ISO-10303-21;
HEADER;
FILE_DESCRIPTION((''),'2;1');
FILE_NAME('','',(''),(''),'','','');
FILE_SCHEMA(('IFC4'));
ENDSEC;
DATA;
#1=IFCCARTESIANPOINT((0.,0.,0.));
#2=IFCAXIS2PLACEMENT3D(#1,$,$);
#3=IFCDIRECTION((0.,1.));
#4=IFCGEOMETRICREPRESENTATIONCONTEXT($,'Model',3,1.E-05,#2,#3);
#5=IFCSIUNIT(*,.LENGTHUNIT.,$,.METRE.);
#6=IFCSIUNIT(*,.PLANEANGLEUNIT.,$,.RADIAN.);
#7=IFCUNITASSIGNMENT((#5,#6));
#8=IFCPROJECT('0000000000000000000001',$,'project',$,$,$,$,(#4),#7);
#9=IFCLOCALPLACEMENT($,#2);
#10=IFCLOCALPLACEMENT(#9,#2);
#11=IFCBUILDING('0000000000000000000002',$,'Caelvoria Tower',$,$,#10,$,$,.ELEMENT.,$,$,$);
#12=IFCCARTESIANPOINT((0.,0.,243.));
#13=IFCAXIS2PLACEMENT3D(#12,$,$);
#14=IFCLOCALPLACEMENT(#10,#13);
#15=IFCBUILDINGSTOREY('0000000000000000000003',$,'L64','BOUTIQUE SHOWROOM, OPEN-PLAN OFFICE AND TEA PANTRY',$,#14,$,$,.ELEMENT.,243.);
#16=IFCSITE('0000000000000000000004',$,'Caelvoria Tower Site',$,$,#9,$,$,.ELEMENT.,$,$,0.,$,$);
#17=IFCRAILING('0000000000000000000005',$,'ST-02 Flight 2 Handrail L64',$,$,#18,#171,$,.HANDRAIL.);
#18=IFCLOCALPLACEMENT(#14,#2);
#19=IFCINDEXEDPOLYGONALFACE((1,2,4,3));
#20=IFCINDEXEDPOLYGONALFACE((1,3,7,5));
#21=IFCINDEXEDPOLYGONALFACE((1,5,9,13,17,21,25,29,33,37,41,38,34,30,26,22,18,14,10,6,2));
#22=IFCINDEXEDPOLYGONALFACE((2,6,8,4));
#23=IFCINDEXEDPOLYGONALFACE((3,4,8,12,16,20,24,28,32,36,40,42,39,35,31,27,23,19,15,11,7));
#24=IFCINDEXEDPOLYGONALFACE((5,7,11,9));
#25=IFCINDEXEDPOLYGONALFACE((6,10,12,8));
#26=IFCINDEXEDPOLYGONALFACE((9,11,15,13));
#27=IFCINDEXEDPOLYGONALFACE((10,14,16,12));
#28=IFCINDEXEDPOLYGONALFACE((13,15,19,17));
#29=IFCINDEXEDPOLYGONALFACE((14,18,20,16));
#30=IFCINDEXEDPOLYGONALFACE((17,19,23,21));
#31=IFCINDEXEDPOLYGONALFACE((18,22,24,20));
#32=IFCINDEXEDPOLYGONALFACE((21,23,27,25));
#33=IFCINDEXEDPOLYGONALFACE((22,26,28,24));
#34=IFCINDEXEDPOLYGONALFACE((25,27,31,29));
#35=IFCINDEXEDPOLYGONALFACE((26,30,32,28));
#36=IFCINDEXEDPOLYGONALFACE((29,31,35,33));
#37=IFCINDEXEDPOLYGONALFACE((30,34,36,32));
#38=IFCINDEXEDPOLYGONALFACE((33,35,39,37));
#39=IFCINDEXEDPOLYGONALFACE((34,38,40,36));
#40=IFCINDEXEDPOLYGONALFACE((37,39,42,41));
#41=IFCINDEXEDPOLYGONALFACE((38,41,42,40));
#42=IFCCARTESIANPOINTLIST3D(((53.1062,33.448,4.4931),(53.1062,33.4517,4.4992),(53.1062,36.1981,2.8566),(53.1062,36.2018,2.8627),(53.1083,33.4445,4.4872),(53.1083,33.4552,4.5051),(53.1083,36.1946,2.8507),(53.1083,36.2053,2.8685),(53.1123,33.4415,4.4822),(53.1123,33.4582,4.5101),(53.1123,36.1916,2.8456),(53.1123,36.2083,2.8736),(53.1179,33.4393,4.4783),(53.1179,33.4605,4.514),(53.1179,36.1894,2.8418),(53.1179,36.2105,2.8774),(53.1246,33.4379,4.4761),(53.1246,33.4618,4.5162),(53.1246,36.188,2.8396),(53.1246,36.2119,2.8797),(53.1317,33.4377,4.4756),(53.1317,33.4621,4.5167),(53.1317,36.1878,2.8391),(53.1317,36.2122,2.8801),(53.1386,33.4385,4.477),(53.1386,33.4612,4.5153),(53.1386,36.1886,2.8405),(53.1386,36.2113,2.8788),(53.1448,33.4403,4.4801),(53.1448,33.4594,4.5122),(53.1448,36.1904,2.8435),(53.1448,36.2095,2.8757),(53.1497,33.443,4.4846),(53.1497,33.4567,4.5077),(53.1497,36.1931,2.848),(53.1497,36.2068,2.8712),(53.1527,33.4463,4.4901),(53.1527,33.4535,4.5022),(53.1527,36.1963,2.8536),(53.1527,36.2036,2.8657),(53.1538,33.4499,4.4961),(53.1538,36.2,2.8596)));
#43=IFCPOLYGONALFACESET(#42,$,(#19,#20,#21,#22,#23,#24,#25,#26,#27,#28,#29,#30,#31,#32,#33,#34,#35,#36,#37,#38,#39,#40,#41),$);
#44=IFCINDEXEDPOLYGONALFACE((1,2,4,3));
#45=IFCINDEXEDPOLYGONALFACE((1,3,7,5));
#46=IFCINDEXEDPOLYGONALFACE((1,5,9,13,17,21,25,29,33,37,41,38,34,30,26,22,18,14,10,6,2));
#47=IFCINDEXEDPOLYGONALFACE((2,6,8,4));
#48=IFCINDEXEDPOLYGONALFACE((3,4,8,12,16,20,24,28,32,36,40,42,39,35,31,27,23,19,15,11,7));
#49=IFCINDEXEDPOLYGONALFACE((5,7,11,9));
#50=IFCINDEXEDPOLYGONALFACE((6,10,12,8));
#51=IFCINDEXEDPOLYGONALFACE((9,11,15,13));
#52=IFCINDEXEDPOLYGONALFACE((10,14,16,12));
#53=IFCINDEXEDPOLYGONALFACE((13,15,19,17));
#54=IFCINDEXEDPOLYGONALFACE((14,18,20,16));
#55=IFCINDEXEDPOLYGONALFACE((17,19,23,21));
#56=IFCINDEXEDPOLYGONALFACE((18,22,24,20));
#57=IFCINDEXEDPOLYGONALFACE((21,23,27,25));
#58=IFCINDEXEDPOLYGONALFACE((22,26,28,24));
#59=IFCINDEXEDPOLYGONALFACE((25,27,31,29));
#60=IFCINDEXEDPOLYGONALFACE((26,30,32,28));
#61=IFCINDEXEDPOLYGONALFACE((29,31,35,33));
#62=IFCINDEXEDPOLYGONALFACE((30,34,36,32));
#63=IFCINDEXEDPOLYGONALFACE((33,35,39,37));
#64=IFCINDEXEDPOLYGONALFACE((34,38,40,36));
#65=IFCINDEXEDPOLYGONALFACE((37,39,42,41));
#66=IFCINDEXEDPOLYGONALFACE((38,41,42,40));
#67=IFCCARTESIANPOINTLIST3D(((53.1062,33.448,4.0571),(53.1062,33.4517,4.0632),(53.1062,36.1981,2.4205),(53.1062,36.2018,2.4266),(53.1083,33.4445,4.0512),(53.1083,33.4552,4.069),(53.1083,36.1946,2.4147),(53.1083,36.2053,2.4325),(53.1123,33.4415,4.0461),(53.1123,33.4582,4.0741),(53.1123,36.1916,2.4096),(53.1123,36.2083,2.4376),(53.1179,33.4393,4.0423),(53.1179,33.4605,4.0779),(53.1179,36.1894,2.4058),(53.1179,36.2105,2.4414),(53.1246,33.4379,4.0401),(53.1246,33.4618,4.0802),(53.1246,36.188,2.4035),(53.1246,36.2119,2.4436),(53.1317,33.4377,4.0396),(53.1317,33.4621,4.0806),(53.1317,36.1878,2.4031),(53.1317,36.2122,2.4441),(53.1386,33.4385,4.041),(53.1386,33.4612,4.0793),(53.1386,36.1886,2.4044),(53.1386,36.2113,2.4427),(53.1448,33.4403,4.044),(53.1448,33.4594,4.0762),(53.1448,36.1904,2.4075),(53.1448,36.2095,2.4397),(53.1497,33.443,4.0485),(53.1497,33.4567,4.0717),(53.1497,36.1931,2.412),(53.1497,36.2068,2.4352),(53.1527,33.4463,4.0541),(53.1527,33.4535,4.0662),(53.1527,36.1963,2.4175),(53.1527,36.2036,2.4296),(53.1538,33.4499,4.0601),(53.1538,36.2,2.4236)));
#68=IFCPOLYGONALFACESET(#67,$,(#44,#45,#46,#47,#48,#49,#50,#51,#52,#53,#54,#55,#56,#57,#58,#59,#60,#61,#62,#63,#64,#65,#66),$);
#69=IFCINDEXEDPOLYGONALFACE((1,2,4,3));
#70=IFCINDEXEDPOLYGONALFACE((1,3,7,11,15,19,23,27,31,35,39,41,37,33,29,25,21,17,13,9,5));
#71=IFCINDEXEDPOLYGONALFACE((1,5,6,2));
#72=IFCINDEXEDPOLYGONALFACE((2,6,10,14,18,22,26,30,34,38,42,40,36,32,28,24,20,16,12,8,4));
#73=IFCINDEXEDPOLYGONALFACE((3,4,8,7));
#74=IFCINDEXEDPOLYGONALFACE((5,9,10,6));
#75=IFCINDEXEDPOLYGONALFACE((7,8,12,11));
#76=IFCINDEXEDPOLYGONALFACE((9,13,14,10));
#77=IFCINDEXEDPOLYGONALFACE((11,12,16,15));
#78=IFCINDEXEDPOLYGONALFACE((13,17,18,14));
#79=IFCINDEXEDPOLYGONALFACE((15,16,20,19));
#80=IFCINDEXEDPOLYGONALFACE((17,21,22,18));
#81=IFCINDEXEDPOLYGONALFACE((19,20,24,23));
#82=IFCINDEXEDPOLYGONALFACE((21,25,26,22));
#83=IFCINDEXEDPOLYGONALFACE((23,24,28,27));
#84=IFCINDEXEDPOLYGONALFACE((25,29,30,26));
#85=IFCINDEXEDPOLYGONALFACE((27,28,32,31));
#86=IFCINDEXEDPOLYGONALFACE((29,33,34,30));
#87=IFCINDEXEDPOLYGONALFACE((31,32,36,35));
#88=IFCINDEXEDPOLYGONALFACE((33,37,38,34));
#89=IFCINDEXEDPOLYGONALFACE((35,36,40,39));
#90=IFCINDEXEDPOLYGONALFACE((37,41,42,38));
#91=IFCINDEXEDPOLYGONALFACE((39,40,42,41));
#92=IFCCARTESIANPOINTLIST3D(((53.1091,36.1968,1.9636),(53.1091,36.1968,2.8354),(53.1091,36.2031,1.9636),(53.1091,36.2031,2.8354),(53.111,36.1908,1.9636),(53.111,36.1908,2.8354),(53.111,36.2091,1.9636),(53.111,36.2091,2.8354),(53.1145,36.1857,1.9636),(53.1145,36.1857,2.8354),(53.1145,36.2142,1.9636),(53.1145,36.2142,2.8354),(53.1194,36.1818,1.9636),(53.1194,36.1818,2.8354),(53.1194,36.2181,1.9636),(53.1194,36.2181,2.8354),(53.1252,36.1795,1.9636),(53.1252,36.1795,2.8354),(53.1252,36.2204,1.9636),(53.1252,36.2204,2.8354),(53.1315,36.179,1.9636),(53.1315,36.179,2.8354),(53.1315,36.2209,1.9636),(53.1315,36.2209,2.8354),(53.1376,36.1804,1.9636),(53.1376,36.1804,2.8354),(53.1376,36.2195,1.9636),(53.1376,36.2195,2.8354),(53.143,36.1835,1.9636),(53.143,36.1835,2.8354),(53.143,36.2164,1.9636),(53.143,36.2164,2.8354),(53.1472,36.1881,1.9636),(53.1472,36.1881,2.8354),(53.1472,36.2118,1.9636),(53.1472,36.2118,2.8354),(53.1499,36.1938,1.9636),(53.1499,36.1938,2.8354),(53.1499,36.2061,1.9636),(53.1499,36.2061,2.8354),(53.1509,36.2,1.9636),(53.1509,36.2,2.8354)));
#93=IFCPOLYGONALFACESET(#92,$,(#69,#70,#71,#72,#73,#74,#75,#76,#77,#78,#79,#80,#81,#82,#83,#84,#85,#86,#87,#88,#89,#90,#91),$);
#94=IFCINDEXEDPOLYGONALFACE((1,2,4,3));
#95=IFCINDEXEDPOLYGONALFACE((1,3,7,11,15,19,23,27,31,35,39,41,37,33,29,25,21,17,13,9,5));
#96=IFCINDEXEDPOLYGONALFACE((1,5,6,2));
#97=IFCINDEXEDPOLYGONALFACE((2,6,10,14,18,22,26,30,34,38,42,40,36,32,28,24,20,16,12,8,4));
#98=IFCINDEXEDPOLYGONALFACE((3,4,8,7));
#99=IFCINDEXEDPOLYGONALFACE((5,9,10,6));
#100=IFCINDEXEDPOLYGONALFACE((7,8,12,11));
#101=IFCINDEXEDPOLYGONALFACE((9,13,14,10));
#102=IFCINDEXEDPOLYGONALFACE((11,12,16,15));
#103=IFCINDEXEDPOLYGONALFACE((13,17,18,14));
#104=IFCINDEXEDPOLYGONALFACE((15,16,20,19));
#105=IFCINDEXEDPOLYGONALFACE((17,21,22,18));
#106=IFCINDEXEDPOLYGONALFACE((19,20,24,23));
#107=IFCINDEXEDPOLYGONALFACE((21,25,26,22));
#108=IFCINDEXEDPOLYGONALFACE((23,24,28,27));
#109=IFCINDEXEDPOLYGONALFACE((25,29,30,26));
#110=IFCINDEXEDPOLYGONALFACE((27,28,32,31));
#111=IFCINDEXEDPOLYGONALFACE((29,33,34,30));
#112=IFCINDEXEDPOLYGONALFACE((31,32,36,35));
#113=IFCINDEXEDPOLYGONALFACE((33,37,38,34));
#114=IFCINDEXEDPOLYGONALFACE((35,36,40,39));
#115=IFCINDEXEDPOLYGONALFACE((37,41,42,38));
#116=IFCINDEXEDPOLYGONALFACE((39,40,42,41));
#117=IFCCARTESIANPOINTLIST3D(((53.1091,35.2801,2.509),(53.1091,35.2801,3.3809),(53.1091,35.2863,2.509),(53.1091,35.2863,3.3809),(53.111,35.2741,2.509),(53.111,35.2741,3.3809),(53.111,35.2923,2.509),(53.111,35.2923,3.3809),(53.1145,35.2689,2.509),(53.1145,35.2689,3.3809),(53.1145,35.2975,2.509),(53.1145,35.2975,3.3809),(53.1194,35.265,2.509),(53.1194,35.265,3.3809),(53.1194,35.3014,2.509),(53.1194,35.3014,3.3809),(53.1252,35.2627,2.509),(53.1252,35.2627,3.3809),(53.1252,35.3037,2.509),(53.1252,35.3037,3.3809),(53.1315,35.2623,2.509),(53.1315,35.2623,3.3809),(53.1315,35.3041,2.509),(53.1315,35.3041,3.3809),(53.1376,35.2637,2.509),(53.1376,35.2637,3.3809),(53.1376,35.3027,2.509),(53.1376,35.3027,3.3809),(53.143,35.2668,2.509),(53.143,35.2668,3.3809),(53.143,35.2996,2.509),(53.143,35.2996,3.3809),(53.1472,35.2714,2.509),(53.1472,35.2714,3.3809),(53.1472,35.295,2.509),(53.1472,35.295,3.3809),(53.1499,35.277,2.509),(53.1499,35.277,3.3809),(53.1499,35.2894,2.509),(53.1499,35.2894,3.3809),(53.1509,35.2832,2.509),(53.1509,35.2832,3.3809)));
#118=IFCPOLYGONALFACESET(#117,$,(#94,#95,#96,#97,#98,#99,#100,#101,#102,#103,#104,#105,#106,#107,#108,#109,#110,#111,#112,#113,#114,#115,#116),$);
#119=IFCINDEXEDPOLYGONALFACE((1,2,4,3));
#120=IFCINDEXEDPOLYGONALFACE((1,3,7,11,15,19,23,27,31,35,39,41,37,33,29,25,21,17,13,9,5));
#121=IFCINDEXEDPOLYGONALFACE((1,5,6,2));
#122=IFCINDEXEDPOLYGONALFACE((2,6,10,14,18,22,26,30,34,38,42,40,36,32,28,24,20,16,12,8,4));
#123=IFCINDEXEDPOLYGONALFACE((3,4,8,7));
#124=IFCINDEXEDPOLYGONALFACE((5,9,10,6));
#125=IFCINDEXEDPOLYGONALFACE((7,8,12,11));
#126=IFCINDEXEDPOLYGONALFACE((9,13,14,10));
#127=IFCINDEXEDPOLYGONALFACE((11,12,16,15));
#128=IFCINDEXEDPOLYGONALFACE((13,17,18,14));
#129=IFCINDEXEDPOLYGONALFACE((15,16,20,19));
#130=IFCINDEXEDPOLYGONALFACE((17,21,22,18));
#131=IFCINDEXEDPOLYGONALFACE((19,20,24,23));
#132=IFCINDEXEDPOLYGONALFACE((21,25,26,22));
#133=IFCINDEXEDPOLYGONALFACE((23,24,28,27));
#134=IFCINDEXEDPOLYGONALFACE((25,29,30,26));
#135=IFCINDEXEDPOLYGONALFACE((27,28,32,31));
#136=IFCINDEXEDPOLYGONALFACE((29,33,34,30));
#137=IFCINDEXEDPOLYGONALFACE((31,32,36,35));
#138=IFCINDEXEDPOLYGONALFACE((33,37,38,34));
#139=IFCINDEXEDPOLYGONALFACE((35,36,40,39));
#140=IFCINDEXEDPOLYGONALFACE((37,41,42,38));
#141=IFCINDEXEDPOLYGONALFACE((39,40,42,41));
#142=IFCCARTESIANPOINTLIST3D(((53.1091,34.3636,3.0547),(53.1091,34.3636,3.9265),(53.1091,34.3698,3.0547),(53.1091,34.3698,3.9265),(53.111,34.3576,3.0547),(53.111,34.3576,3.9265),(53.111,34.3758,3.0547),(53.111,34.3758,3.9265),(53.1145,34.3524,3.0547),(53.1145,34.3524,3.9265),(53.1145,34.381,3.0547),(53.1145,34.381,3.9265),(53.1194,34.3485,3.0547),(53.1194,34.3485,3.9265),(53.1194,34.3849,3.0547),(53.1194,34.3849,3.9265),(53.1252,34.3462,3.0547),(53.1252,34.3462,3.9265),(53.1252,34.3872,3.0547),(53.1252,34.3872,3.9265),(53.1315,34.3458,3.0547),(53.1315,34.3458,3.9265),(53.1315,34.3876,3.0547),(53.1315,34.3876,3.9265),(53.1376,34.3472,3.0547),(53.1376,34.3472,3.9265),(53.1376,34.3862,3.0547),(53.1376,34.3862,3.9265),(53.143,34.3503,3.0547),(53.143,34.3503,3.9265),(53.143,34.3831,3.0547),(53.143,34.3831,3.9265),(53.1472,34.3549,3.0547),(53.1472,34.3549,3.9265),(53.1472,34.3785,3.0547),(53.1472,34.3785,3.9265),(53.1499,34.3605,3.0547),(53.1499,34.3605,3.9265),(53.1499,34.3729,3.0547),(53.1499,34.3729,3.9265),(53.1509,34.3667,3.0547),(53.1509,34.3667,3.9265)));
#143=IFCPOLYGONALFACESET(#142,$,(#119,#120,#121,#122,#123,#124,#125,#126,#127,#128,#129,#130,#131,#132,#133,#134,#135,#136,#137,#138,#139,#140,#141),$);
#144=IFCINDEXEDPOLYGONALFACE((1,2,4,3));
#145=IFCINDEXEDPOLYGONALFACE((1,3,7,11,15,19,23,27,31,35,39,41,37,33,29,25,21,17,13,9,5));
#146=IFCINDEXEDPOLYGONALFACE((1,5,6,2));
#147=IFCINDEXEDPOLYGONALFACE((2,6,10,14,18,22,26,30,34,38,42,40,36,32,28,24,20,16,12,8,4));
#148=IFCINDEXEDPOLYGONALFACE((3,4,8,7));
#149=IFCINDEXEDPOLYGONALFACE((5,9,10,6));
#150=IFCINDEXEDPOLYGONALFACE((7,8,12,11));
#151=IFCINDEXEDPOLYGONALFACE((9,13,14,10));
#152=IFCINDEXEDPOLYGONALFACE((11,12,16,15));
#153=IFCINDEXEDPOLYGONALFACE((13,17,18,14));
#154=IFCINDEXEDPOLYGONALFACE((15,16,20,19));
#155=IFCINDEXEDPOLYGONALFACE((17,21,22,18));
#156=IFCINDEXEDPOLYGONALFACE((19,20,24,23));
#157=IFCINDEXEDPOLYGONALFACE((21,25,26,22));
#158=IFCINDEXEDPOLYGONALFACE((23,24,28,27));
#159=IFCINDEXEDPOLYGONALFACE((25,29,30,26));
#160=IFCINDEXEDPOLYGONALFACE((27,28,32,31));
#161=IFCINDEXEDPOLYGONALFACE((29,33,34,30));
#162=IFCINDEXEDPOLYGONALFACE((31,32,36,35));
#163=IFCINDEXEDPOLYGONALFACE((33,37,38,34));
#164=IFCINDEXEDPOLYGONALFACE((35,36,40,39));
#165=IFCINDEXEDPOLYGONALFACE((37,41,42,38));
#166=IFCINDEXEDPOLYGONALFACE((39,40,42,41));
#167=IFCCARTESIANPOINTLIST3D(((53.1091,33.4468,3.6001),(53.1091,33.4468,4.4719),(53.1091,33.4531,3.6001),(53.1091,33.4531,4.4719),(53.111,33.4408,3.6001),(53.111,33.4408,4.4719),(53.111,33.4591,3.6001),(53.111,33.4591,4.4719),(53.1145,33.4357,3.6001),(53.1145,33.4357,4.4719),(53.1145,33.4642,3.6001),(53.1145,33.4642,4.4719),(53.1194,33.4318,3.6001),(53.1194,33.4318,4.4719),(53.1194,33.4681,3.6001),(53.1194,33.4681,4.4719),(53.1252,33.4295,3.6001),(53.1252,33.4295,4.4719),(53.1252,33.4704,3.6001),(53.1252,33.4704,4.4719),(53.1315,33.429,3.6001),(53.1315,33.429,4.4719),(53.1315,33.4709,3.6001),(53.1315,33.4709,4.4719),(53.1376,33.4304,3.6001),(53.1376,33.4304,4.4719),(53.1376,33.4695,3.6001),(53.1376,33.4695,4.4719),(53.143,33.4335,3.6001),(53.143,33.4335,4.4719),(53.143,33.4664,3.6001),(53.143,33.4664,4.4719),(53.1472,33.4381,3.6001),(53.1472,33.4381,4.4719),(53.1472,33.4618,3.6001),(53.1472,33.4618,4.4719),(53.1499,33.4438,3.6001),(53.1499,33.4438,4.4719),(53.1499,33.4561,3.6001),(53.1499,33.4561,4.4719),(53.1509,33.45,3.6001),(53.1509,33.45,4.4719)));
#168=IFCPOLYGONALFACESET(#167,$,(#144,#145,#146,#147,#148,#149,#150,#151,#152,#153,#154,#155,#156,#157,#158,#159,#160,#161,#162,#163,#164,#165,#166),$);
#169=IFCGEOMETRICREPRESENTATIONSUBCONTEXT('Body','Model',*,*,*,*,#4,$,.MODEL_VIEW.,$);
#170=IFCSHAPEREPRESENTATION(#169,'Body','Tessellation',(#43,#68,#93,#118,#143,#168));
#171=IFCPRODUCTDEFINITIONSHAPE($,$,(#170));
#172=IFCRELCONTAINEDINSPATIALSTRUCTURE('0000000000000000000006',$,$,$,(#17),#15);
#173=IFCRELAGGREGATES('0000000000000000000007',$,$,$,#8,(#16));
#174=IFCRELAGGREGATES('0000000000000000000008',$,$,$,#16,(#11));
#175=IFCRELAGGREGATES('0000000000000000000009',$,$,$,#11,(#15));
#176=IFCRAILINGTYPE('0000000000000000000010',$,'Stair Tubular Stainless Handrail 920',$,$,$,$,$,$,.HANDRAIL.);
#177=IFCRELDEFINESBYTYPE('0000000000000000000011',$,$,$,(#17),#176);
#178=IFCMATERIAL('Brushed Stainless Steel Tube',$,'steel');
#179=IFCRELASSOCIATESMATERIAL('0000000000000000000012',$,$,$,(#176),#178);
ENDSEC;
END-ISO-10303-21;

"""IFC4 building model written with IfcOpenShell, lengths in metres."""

from ifc_helpers import new_model, si_unit, direction, frame, origin, origin_2d, place, context, subcontext, project, spatial, circle, extrude, material, type_object, element, save


model = new_model("IFC4")

# Units and contexts
model_context = context("Model", 3, precision=1e-05, world=origin(), true_north=direction((0.0, 1.0)))
body_context = subcontext(model_context, "Body", "Model", "MODEL_VIEW")
ifc_project = project(units=[si_unit("LENGTHUNIT", "METRE"), si_unit("PLANEANGLEUNIT", "RADIAN")], contexts=[model_context])

# Site, building, storey
site_placement = place(None, origin())
site = spatial("IfcSite", under=ifc_project, at=site_placement, Name="Caelvoria Tower Site", CompositionType="ELEMENT", RefElevation=0.0)
building_placement = place(site_placement, origin())
building = spatial("IfcBuilding", under=site, at=building_placement, Name="Caelvoria Tower", CompositionType="ELEMENT")
storey_placement = place(building_placement, frame((0.0, 0.0, 243.0)))
storey = spatial("IfcBuildingStorey", under=building, at=storey_placement, Name="L64", Description="BOUTIQUE SHOWROOM, OPEN-PLAN OFFICE AND TEA PANTRY", CompositionType="ELEMENT", Elevation=243.0)

# Railing
ifc_material_1 = material(Name="Brushed Stainless Steel Tube", Category="steel")
railing_type_1 = type_object("IfcRailingType", Name="Stair Tubular Stainless Handrail 920", PredefinedType="HANDRAIL", material=ifc_material_1)
railing_1_placement = place(storey_placement, frame((53.1299, 36.2, 1.9636)))
element("IfcRailing", 1, at=railing_1_placement, inside=storey, type_object=railing_type_1, Name="ST-02 Flight 2 Handrail L64", PredefinedType="HANDRAIL", context=body_context, shape_type="SweptSolid", body=[
    extrude(circle(Radius=0.0239, at=origin_2d()), frame((0.0, 0.0, 0.896), z_axis=(0.0, -0.859352, 0.511385), x_axis=(1.0, 0.0, 0.0)), (0.0, 0.0, 1.0), 3.2002),
    extrude(circle(Radius=0.0239, at=origin_2d()), frame((0.0, 0.0, 0.46), z_axis=(0.0, -0.859352, 0.511385), x_axis=(1.0, 0.0, 0.0)), (0.0, 0.0, 1.0), 3.2002),
    extrude(circle(Radius=0.021, at=origin_2d()), origin(), (0.0, 0.0, 1.0), 0.8718),
    extrude(circle(Radius=0.021, at=origin_2d()), frame((0.0, -0.9167, 0.5454)), (0.0, 0.0, 1.0), 0.8718),
    extrude(circle(Radius=0.021, at=origin_2d()), frame((0.0, -1.8333, 1.0911)), (0.0, 0.0, 1.0), 0.8718),
    extrude(circle(Radius=0.021, at=origin_2d()), frame((0.0, -2.75, 1.6365)), (0.0, 0.0, 1.0), 0.8718),
])

save(model, "model.ifc")
